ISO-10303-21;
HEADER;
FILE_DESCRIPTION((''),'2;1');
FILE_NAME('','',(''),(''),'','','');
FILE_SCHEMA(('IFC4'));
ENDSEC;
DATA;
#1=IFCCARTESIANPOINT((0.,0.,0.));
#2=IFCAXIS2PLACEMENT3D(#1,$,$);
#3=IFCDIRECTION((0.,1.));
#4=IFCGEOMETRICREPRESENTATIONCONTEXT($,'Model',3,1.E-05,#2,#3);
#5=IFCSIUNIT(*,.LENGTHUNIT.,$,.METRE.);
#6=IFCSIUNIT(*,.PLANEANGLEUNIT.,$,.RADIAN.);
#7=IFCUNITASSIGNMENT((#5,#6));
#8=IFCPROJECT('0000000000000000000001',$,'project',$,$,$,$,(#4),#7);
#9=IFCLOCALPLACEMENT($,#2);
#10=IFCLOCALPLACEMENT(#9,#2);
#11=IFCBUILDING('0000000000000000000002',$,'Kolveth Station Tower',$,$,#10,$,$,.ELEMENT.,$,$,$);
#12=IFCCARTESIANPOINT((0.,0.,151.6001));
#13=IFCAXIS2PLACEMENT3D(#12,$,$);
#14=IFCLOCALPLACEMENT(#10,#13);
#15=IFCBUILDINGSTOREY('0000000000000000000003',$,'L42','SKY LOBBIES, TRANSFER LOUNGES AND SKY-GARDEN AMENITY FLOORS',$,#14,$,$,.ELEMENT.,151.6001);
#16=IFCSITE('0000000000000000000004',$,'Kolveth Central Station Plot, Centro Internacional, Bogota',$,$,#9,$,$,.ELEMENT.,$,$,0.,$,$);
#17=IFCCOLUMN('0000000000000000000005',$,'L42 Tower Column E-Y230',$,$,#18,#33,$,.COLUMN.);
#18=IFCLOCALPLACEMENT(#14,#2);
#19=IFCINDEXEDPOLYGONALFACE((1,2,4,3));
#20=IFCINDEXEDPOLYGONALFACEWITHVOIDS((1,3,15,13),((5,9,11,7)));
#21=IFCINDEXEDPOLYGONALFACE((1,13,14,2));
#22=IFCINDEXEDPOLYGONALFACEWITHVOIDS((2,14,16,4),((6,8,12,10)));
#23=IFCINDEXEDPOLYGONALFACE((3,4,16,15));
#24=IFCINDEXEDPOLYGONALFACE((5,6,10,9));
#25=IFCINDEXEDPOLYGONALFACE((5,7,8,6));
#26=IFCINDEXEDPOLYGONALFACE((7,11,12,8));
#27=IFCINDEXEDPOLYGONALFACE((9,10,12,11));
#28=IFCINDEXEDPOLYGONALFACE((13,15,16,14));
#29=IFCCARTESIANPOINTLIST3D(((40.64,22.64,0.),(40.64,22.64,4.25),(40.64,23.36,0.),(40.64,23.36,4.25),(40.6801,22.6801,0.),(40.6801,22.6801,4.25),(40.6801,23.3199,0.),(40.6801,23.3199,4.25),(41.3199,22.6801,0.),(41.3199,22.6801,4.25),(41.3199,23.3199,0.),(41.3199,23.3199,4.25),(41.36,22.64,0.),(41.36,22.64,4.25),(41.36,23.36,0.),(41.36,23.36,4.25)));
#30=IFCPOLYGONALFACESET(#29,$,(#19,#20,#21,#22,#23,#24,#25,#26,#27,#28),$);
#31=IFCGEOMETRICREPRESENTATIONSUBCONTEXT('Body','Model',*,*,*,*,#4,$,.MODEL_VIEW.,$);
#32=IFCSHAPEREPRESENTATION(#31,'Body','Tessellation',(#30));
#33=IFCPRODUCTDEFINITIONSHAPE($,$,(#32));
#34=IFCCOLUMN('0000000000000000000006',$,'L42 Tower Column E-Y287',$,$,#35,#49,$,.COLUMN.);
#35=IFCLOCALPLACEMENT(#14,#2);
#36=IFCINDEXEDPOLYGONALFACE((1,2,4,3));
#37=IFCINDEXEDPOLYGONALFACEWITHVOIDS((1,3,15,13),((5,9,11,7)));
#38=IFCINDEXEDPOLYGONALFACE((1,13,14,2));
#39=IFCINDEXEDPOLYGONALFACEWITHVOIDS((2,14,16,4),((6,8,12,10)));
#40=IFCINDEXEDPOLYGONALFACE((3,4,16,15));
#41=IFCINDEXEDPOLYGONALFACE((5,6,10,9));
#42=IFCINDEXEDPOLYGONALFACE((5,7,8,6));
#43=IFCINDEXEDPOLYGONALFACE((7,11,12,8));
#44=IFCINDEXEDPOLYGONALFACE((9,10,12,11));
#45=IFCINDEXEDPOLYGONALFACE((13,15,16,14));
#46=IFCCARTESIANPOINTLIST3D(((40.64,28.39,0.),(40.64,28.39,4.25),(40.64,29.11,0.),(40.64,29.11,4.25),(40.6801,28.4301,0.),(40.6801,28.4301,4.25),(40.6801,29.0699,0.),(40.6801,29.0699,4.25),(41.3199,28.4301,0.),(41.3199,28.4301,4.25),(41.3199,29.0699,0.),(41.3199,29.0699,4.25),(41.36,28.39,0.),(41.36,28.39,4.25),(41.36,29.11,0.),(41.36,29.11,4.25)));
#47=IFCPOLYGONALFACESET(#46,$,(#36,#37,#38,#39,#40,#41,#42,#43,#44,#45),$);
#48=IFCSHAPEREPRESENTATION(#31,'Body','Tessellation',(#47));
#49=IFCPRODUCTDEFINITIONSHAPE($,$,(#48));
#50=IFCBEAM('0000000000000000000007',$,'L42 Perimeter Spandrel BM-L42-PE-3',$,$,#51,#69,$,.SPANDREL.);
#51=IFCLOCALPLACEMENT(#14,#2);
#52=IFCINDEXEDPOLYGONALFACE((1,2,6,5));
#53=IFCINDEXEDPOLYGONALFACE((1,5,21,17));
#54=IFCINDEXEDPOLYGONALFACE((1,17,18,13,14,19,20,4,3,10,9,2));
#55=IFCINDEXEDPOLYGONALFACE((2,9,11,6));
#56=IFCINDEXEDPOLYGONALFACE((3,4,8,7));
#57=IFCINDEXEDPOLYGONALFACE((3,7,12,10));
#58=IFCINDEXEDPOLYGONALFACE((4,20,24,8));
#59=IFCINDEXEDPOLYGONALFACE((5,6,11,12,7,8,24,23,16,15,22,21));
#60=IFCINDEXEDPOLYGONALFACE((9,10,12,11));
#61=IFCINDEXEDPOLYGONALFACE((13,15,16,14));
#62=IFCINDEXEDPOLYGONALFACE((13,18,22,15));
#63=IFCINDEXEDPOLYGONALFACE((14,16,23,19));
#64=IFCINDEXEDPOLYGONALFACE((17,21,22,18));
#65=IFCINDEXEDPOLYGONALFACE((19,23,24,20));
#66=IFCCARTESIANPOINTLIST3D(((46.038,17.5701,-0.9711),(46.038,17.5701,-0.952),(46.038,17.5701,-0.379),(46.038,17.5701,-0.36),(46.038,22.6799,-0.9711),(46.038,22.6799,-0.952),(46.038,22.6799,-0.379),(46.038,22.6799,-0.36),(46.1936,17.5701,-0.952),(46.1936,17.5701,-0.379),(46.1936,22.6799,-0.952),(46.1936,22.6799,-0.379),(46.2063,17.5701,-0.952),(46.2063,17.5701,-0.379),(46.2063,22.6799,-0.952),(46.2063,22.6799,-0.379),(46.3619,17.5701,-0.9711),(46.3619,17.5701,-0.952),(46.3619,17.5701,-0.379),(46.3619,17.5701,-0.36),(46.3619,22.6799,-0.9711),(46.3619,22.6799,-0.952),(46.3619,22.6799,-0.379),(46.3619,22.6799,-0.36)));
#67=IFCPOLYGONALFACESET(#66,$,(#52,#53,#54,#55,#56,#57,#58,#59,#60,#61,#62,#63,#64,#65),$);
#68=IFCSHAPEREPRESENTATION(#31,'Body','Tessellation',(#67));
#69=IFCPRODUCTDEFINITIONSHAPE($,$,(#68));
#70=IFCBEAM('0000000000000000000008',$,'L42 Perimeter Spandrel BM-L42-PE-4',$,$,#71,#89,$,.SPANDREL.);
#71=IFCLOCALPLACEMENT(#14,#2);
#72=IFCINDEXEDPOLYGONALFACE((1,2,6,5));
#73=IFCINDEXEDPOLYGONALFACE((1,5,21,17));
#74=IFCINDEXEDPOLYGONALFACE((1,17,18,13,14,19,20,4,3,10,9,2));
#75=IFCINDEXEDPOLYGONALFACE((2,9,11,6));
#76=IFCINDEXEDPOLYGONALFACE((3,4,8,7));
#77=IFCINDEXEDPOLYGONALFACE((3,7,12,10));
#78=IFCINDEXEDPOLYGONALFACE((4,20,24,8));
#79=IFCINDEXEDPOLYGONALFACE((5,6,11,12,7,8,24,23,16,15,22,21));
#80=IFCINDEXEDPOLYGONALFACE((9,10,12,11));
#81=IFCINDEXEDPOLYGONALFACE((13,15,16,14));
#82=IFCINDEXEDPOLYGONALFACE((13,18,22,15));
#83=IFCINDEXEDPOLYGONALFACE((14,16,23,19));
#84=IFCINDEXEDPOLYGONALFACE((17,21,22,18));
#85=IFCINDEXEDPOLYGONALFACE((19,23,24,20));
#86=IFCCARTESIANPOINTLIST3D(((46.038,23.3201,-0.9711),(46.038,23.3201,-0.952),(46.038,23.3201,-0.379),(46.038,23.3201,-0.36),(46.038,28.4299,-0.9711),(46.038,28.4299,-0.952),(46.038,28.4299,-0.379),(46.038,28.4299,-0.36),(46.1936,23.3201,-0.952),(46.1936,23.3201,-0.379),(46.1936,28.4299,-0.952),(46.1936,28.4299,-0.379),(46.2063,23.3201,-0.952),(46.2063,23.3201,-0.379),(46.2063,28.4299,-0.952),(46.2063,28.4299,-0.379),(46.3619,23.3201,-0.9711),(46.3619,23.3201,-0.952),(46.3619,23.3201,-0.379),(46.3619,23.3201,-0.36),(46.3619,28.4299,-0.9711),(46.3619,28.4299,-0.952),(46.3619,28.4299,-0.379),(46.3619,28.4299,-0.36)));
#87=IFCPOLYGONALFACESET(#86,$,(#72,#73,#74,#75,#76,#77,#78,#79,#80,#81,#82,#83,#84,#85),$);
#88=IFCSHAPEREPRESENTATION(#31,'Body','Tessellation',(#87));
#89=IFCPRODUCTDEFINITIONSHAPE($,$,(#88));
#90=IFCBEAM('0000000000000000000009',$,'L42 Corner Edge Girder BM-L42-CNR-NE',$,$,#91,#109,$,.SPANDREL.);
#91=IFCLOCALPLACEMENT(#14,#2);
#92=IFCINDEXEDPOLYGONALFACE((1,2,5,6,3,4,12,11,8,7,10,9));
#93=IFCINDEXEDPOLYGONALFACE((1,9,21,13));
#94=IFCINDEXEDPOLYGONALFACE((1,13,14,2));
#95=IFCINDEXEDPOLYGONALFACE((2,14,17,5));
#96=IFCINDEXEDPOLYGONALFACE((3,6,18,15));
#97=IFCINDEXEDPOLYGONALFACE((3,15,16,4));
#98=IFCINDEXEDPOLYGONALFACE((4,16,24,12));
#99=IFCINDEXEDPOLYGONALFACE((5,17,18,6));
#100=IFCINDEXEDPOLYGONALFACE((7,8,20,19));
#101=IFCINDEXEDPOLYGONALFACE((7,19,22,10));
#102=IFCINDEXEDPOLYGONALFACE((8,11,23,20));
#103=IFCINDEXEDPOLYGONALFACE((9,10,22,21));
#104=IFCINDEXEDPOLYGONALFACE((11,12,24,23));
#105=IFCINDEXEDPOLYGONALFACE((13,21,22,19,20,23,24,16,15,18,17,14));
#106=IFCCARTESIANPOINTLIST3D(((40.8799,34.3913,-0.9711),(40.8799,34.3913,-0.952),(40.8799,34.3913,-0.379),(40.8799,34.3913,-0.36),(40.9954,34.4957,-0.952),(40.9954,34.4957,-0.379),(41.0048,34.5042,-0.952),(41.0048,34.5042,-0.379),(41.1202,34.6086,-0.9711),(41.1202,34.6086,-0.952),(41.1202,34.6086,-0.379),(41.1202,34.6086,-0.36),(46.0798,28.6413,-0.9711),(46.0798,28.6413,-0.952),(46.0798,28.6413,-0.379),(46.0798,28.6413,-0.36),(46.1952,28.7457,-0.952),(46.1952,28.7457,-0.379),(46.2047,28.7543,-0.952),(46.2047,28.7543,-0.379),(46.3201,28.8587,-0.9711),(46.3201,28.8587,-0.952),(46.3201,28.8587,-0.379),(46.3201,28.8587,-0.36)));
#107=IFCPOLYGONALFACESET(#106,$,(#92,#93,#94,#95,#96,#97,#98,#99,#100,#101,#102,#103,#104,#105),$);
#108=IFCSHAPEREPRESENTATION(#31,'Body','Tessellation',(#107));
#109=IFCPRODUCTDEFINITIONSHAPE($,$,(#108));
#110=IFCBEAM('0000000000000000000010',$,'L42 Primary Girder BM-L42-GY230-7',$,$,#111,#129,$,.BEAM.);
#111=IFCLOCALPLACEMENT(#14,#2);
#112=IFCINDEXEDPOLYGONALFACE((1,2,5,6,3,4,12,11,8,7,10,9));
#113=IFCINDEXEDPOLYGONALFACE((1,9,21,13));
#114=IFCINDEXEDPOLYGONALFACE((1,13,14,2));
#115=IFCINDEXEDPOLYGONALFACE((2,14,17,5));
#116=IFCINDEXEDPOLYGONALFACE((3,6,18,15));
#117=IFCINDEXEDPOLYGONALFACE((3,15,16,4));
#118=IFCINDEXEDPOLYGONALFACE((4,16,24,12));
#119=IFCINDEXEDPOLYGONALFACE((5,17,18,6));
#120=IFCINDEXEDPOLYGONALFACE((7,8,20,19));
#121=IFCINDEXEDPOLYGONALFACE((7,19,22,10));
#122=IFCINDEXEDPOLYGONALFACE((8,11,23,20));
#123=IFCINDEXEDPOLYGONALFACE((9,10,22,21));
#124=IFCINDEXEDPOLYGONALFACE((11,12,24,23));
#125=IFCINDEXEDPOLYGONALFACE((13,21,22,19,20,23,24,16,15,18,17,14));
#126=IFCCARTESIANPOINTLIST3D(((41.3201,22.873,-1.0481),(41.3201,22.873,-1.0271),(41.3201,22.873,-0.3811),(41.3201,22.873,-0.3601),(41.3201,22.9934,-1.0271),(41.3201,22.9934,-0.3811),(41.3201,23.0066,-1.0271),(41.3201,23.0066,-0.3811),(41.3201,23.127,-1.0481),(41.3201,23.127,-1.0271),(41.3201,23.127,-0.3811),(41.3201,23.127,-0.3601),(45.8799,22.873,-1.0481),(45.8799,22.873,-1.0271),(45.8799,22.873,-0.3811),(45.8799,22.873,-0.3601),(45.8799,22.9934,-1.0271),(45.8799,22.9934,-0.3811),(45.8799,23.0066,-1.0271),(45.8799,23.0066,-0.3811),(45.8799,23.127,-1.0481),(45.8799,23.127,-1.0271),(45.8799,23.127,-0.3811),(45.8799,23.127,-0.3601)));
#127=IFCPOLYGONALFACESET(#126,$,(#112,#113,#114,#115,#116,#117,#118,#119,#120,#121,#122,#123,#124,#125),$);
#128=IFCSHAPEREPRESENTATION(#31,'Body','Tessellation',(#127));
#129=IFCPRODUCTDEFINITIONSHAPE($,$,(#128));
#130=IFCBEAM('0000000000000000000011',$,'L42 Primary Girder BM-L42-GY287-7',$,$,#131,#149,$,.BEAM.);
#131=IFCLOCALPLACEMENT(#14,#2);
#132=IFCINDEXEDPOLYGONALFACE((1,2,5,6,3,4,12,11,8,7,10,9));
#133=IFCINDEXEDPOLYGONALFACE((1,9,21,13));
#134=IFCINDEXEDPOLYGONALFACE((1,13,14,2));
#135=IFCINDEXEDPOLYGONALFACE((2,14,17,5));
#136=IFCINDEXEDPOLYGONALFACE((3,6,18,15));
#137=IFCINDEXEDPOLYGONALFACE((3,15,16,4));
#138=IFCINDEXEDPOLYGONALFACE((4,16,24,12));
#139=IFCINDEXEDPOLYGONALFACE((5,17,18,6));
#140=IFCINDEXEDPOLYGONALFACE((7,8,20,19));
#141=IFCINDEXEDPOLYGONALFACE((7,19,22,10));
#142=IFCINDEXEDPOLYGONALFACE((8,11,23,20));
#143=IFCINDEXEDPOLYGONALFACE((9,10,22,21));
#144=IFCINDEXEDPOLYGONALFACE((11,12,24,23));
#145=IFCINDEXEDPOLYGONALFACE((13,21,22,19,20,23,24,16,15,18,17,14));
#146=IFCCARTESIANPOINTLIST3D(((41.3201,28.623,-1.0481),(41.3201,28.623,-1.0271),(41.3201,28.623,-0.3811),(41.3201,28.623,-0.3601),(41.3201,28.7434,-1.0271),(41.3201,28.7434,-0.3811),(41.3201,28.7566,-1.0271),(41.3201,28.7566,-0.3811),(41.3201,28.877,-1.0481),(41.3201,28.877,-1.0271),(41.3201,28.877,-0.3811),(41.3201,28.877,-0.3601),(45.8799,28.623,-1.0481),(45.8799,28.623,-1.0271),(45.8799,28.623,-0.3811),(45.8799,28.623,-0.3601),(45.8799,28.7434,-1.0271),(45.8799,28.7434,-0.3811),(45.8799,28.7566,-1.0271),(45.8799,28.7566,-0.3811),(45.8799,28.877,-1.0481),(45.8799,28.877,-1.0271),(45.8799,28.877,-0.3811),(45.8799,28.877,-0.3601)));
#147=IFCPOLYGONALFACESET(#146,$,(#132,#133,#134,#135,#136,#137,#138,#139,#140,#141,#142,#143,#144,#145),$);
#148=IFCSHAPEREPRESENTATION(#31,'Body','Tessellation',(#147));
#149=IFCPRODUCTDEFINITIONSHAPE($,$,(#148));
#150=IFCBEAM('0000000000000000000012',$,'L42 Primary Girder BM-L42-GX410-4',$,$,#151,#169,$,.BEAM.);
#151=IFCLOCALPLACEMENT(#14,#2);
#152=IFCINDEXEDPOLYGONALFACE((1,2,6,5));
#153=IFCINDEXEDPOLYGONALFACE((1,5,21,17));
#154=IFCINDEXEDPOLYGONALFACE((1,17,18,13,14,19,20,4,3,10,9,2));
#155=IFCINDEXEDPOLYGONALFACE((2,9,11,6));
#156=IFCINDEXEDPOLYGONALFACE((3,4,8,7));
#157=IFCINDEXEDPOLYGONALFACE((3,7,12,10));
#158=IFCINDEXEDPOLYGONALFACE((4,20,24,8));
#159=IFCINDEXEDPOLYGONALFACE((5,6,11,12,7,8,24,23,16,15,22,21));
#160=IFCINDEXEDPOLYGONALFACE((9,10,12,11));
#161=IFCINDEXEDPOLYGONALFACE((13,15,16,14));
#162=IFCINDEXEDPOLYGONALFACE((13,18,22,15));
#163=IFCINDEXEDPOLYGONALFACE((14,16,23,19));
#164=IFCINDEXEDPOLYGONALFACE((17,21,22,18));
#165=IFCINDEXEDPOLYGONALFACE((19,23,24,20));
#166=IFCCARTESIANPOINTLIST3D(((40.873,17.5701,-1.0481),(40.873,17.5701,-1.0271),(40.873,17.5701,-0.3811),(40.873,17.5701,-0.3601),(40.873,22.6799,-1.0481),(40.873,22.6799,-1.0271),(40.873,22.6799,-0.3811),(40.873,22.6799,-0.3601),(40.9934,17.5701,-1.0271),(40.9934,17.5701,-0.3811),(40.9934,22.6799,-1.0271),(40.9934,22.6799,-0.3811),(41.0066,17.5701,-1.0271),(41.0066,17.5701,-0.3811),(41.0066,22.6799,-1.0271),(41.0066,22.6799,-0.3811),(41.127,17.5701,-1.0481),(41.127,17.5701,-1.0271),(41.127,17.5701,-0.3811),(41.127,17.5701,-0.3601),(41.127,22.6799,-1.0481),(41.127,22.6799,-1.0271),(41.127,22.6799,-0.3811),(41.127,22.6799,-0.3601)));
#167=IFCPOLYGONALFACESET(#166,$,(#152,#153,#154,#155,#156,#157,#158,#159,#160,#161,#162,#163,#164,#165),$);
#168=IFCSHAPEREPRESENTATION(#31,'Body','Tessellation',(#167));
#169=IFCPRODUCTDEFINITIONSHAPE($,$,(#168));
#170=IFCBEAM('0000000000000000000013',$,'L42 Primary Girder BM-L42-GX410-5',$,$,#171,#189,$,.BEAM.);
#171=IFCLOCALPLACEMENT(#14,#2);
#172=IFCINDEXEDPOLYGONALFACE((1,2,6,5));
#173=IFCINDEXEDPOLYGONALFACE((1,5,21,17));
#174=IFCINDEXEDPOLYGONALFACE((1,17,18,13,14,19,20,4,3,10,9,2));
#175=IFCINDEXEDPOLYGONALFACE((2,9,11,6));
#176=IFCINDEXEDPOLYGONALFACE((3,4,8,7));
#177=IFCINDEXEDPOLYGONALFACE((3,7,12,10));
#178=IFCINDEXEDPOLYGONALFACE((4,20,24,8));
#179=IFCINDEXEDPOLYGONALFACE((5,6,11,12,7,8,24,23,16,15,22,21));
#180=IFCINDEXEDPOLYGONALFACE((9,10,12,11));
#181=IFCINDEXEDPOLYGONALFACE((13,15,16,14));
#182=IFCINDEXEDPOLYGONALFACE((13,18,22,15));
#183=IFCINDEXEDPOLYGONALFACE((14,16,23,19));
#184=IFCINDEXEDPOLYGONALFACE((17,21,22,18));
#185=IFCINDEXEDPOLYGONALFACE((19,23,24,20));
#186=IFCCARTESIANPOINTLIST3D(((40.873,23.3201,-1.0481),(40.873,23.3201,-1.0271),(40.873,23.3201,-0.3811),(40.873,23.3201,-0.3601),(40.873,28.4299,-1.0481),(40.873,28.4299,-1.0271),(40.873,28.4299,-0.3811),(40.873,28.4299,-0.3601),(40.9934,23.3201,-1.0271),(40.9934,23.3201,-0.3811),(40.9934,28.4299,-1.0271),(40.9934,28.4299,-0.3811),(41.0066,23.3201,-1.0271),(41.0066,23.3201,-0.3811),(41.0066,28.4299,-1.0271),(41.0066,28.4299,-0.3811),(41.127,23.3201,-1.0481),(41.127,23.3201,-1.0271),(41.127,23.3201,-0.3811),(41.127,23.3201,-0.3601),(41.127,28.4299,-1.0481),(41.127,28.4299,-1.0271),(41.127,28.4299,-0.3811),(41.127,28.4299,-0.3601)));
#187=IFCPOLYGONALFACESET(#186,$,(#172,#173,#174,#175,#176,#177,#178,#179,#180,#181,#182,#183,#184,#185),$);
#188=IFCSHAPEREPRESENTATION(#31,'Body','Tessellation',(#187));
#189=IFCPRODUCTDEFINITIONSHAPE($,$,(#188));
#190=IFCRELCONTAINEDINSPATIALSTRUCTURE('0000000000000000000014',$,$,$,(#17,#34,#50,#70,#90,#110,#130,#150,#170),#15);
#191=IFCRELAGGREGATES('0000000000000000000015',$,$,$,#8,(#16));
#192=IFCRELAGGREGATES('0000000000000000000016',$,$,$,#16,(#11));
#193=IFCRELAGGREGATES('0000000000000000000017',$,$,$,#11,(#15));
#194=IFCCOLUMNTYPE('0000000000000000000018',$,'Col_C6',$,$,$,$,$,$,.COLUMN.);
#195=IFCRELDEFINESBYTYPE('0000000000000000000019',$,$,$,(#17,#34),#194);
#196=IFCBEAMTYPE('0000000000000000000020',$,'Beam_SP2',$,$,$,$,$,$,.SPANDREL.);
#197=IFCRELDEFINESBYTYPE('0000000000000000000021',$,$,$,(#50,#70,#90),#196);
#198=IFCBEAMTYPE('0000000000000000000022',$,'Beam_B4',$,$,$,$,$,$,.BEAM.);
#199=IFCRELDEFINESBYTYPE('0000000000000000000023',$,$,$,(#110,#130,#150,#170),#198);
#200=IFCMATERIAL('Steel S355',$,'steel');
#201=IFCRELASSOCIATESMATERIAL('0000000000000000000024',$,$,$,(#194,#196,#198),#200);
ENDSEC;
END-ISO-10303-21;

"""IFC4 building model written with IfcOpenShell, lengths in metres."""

from ifc_helpers import new_model, si_unit, direction, frame, origin, origin_2d, place, context, subcontext, project, spatial, hollow_rectangle, i_section, extrude, source, transform, mapped, material, material_profile, profile_set, type_object, element, save


model = new_model("IFC4")

# Units and contexts
model_context = context("Model", 3, precision=1e-05, world=origin(), true_north=direction((0.0, 1.0)))
body_context = subcontext(model_context, "Body", "Model", "MODEL_VIEW")
ifc_project = project(units=[si_unit("LENGTHUNIT", "METRE"), si_unit("PLANEANGLEUNIT", "RADIAN")], contexts=[model_context])

# Site, building, storey
site_placement = place(None, origin())
site = spatial("IfcSite", under=ifc_project, at=site_placement, Name="Kolveth Central Station Plot, Centro Internacional, Bogota", CompositionType="ELEMENT", RefElevation=0.0)
building_placement = place(site_placement, origin())
building = spatial("IfcBuilding", under=site, at=building_placement, Name="Kolveth Station Tower", CompositionType="ELEMENT")
storey_placement = place(building_placement, frame((0.0, 0.0, 151.6001)))
storey = spatial("IfcBuildingStorey", under=building, at=storey_placement, Name="L42", Description="SKY LOBBIES, TRANSFER LOUNGES AND SKY-GARDEN AMENITY FLOORS", CompositionType="ELEMENT", Elevation=151.6001)

# Columns
ifc_material_1 = material(Name="Steel S355", Category="steel")
ifc_material_profile_1 = material_profile(ifc_material_1, hollow_rectangle(XDim=0.72, YDim=0.72, WallThickness=0.04, at=origin_2d()), Name="BOX720x720x40")
ifc_profile_set_1 = profile_set([ifc_material_profile_1], Name="Steel S355")
column_type = type_object("IfcColumnType", Name="Col_C6", PredefinedType="COLUMN", material=ifc_profile_set_1)
shared_shape_1 = source(origin(), body_context, "Body", "SweptSolid", [
    extrude(hollow_rectangle(XDim=0.72, YDim=0.72, WallThickness=0.04, at=origin_2d()), origin(), (0.0, 0.0, 1.0), 4.25),
])
for number, where, z_axis, x_axis, name in (
    (1, (41.0, 23.0, 0.0), (0.0, 0.0, 1.0), (1.0, 0.0, 0.0), "L42 Tower Column E-Y230"),
    (2, (41.0, 28.75, 0.0), (0.0, 0.0, 1.0), (1.0, 0.0, 0.0), "L42 Tower Column E-Y287"),
):
    element("IfcColumn", number, at=place(storey_placement, frame(where, z_axis=z_axis, x_axis=x_axis)), inside=storey, type_object=column_type, Name=name, PredefinedType="COLUMN", context=body_context, shape_type="MappedRepresentation", body=[
        mapped(shared_shape_1, transform((0.0, 0.0, 0.0), x_axis=(1.0, 0.0, 0.0), y_axis=(0.0, 1.0, 0.0), z_axis=(0.0, 0.0, 1.0), scale=1.0)),
    ])

# Beams
ifc_material_profile_2 = material_profile(ifc_material_1, i_section(OverallWidth=0.324, OverallDepth=0.6111, WebThickness=0.0127, FlangeThickness=0.019, at=origin_2d()), Name="W610x155")
ifc_profile_set_2 = profile_set([ifc_material_profile_2], Name="Steel S355")
beam_type_1 = type_object("IfcBeamType", Name="Beam_SP2", PredefinedType="SPANDREL", material=ifc_profile_set_2)
shared_shape_2 = source(origin(), body_context, "Body", "SweptSolid", [
    extrude(i_section(OverallWidth=0.324, OverallDepth=0.6111, WebThickness=0.0127, FlangeThickness=0.019, at=origin_2d()), origin(), (0.0, 0.0, 1.0), 5.1099),
])
for number, where, z_axis, x_axis, name in (
    (3, (46.2, 17.5701, -0.6655), (0.0, 1.0, 0.0), (-1.0, 0.0, 0.0), "L42 Perimeter Spandrel BM-L42-PE-3"),
    (4, (46.2, 23.3201, -0.6655), (0.0, 1.0, 0.0), (-1.0, 0.0, 0.0), "L42 Perimeter Spandrel BM-L42-PE-4"),
):
    element("IfcBeam", number, at=place(storey_placement, frame(where, z_axis=z_axis, x_axis=x_axis)), inside=storey, type_object=beam_type_1, Name=name, PredefinedType="SPANDREL", context=body_context, shape_type="MappedRepresentation", body=[
        mapped(shared_shape_2, transform((0.0, 0.0, 0.0), x_axis=(1.0, 0.0, 0.0), y_axis=(0.0, 1.0, 0.0), z_axis=(0.0, 0.0, 1.0), scale=1.0)),
    ])
shared_shape_3 = source(origin(), body_context, "Body", "SweptSolid", [
    extrude(i_section(OverallWidth=0.324, OverallDepth=0.6111, WebThickness=0.0127, FlangeThickness=0.019, at=origin_2d()), origin(), (0.0, 0.0, 1.0), 7.7524),
])
beam_placement = place(storey_placement, frame((46.2, 28.75, -0.6655), z_axis=(-0.670741, 0.741692, 0.0), x_axis=(-0.741692, -0.670741, 0.0)))
element("IfcBeam", 5, at=beam_placement, inside=storey, type_object=beam_type_1, Name="L42 Corner Edge Girder BM-L42-CNR-NE", PredefinedType="SPANDREL", context=body_context, shape_type="MappedRepresentation", body=[
    mapped(shared_shape_3, transform((0.0, 0.0, 0.0), x_axis=(1.0, 0.0, 0.0), y_axis=(0.0, 1.0, 0.0), z_axis=(0.0, 0.0, 1.0), scale=1.0)),
])
ifc_material_profile_3 = material_profile(ifc_material_1, i_section(OverallWidth=0.2539, OverallDepth=0.688, WebThickness=0.0132, FlangeThickness=0.021, at=origin_2d()), Name="W690x152")
ifc_profile_set_3 = profile_set([ifc_material_profile_3], Name="Steel S355")
beam_type_2 = type_object("IfcBeamType", Name="Beam_B4", PredefinedType="BEAM", material=ifc_profile_set_3)
shared_shape_4 = source(origin(), body_context, "Body", "SweptSolid", [
    extrude(i_section(OverallWidth=0.2539, OverallDepth=0.688, WebThickness=0.0132, FlangeThickness=0.021, at=origin_2d()), origin(), (0.0, 0.0, 1.0), 4.5598),
])
for number, where, z_axis, x_axis, name in (
    (6, (41.3201, 23.0, -0.7041), (1.0, 0.0, 0.0), (0.0, 1.0, 0.0), "L42 Primary Girder BM-L42-GY230-7"),
    (7, (41.3201, 28.75, -0.7041), (1.0, 0.0, 0.0), (0.0, 1.0, 0.0), "L42 Primary Girder BM-L42-GY287-7"),
):
    element("IfcBeam", number, at=place(storey_placement, frame(where, z_axis=z_axis, x_axis=x_axis)), inside=storey, type_object=beam_type_2, Name=name, PredefinedType="BEAM", context=body_context, shape_type="MappedRepresentation", body=[
        mapped(shared_shape_4, transform((0.0, 0.0, 0.0), x_axis=(1.0, 0.0, 0.0), y_axis=(0.0, 1.0, 0.0), z_axis=(0.0, 0.0, 1.0), scale=1.0)),
    ])
shared_shape_5 = source(origin(), body_context, "Body", "SweptSolid", [
    extrude(i_section(OverallWidth=0.2539, OverallDepth=0.688, WebThickness=0.0132, FlangeThickness=0.021, at=origin_2d()), origin(), (0.0, 0.0, 1.0), 5.1099),
])
for number, where, z_axis, x_axis, name in (
    (8, (41.0, 17.5701, -0.7041), (0.0, 1.0, 0.0), (-1.0, 0.0, 0.0), "L42 Primary Girder BM-L42-GX410-4"),
    (9, (41.0, 23.3201, -0.7041), (0.0, 1.0, 0.0), (-1.0, 0.0, 0.0), "L42 Primary Girder BM-L42-GX410-5"),
):
    element("IfcBeam", number, at=place(storey_placement, frame(where, z_axis=z_axis, x_axis=x_axis)), inside=storey, type_object=beam_type_2, Name=name, PredefinedType="BEAM", context=body_context, shape_type="MappedRepresentation", body=[
        mapped(shared_shape_5, transform((0.0, 0.0, 0.0), x_axis=(1.0, 0.0, 0.0), y_axis=(0.0, 1.0, 0.0), z_axis=(0.0, 0.0, 1.0), scale=1.0)),
    ])

save(model, "model.ifc")
